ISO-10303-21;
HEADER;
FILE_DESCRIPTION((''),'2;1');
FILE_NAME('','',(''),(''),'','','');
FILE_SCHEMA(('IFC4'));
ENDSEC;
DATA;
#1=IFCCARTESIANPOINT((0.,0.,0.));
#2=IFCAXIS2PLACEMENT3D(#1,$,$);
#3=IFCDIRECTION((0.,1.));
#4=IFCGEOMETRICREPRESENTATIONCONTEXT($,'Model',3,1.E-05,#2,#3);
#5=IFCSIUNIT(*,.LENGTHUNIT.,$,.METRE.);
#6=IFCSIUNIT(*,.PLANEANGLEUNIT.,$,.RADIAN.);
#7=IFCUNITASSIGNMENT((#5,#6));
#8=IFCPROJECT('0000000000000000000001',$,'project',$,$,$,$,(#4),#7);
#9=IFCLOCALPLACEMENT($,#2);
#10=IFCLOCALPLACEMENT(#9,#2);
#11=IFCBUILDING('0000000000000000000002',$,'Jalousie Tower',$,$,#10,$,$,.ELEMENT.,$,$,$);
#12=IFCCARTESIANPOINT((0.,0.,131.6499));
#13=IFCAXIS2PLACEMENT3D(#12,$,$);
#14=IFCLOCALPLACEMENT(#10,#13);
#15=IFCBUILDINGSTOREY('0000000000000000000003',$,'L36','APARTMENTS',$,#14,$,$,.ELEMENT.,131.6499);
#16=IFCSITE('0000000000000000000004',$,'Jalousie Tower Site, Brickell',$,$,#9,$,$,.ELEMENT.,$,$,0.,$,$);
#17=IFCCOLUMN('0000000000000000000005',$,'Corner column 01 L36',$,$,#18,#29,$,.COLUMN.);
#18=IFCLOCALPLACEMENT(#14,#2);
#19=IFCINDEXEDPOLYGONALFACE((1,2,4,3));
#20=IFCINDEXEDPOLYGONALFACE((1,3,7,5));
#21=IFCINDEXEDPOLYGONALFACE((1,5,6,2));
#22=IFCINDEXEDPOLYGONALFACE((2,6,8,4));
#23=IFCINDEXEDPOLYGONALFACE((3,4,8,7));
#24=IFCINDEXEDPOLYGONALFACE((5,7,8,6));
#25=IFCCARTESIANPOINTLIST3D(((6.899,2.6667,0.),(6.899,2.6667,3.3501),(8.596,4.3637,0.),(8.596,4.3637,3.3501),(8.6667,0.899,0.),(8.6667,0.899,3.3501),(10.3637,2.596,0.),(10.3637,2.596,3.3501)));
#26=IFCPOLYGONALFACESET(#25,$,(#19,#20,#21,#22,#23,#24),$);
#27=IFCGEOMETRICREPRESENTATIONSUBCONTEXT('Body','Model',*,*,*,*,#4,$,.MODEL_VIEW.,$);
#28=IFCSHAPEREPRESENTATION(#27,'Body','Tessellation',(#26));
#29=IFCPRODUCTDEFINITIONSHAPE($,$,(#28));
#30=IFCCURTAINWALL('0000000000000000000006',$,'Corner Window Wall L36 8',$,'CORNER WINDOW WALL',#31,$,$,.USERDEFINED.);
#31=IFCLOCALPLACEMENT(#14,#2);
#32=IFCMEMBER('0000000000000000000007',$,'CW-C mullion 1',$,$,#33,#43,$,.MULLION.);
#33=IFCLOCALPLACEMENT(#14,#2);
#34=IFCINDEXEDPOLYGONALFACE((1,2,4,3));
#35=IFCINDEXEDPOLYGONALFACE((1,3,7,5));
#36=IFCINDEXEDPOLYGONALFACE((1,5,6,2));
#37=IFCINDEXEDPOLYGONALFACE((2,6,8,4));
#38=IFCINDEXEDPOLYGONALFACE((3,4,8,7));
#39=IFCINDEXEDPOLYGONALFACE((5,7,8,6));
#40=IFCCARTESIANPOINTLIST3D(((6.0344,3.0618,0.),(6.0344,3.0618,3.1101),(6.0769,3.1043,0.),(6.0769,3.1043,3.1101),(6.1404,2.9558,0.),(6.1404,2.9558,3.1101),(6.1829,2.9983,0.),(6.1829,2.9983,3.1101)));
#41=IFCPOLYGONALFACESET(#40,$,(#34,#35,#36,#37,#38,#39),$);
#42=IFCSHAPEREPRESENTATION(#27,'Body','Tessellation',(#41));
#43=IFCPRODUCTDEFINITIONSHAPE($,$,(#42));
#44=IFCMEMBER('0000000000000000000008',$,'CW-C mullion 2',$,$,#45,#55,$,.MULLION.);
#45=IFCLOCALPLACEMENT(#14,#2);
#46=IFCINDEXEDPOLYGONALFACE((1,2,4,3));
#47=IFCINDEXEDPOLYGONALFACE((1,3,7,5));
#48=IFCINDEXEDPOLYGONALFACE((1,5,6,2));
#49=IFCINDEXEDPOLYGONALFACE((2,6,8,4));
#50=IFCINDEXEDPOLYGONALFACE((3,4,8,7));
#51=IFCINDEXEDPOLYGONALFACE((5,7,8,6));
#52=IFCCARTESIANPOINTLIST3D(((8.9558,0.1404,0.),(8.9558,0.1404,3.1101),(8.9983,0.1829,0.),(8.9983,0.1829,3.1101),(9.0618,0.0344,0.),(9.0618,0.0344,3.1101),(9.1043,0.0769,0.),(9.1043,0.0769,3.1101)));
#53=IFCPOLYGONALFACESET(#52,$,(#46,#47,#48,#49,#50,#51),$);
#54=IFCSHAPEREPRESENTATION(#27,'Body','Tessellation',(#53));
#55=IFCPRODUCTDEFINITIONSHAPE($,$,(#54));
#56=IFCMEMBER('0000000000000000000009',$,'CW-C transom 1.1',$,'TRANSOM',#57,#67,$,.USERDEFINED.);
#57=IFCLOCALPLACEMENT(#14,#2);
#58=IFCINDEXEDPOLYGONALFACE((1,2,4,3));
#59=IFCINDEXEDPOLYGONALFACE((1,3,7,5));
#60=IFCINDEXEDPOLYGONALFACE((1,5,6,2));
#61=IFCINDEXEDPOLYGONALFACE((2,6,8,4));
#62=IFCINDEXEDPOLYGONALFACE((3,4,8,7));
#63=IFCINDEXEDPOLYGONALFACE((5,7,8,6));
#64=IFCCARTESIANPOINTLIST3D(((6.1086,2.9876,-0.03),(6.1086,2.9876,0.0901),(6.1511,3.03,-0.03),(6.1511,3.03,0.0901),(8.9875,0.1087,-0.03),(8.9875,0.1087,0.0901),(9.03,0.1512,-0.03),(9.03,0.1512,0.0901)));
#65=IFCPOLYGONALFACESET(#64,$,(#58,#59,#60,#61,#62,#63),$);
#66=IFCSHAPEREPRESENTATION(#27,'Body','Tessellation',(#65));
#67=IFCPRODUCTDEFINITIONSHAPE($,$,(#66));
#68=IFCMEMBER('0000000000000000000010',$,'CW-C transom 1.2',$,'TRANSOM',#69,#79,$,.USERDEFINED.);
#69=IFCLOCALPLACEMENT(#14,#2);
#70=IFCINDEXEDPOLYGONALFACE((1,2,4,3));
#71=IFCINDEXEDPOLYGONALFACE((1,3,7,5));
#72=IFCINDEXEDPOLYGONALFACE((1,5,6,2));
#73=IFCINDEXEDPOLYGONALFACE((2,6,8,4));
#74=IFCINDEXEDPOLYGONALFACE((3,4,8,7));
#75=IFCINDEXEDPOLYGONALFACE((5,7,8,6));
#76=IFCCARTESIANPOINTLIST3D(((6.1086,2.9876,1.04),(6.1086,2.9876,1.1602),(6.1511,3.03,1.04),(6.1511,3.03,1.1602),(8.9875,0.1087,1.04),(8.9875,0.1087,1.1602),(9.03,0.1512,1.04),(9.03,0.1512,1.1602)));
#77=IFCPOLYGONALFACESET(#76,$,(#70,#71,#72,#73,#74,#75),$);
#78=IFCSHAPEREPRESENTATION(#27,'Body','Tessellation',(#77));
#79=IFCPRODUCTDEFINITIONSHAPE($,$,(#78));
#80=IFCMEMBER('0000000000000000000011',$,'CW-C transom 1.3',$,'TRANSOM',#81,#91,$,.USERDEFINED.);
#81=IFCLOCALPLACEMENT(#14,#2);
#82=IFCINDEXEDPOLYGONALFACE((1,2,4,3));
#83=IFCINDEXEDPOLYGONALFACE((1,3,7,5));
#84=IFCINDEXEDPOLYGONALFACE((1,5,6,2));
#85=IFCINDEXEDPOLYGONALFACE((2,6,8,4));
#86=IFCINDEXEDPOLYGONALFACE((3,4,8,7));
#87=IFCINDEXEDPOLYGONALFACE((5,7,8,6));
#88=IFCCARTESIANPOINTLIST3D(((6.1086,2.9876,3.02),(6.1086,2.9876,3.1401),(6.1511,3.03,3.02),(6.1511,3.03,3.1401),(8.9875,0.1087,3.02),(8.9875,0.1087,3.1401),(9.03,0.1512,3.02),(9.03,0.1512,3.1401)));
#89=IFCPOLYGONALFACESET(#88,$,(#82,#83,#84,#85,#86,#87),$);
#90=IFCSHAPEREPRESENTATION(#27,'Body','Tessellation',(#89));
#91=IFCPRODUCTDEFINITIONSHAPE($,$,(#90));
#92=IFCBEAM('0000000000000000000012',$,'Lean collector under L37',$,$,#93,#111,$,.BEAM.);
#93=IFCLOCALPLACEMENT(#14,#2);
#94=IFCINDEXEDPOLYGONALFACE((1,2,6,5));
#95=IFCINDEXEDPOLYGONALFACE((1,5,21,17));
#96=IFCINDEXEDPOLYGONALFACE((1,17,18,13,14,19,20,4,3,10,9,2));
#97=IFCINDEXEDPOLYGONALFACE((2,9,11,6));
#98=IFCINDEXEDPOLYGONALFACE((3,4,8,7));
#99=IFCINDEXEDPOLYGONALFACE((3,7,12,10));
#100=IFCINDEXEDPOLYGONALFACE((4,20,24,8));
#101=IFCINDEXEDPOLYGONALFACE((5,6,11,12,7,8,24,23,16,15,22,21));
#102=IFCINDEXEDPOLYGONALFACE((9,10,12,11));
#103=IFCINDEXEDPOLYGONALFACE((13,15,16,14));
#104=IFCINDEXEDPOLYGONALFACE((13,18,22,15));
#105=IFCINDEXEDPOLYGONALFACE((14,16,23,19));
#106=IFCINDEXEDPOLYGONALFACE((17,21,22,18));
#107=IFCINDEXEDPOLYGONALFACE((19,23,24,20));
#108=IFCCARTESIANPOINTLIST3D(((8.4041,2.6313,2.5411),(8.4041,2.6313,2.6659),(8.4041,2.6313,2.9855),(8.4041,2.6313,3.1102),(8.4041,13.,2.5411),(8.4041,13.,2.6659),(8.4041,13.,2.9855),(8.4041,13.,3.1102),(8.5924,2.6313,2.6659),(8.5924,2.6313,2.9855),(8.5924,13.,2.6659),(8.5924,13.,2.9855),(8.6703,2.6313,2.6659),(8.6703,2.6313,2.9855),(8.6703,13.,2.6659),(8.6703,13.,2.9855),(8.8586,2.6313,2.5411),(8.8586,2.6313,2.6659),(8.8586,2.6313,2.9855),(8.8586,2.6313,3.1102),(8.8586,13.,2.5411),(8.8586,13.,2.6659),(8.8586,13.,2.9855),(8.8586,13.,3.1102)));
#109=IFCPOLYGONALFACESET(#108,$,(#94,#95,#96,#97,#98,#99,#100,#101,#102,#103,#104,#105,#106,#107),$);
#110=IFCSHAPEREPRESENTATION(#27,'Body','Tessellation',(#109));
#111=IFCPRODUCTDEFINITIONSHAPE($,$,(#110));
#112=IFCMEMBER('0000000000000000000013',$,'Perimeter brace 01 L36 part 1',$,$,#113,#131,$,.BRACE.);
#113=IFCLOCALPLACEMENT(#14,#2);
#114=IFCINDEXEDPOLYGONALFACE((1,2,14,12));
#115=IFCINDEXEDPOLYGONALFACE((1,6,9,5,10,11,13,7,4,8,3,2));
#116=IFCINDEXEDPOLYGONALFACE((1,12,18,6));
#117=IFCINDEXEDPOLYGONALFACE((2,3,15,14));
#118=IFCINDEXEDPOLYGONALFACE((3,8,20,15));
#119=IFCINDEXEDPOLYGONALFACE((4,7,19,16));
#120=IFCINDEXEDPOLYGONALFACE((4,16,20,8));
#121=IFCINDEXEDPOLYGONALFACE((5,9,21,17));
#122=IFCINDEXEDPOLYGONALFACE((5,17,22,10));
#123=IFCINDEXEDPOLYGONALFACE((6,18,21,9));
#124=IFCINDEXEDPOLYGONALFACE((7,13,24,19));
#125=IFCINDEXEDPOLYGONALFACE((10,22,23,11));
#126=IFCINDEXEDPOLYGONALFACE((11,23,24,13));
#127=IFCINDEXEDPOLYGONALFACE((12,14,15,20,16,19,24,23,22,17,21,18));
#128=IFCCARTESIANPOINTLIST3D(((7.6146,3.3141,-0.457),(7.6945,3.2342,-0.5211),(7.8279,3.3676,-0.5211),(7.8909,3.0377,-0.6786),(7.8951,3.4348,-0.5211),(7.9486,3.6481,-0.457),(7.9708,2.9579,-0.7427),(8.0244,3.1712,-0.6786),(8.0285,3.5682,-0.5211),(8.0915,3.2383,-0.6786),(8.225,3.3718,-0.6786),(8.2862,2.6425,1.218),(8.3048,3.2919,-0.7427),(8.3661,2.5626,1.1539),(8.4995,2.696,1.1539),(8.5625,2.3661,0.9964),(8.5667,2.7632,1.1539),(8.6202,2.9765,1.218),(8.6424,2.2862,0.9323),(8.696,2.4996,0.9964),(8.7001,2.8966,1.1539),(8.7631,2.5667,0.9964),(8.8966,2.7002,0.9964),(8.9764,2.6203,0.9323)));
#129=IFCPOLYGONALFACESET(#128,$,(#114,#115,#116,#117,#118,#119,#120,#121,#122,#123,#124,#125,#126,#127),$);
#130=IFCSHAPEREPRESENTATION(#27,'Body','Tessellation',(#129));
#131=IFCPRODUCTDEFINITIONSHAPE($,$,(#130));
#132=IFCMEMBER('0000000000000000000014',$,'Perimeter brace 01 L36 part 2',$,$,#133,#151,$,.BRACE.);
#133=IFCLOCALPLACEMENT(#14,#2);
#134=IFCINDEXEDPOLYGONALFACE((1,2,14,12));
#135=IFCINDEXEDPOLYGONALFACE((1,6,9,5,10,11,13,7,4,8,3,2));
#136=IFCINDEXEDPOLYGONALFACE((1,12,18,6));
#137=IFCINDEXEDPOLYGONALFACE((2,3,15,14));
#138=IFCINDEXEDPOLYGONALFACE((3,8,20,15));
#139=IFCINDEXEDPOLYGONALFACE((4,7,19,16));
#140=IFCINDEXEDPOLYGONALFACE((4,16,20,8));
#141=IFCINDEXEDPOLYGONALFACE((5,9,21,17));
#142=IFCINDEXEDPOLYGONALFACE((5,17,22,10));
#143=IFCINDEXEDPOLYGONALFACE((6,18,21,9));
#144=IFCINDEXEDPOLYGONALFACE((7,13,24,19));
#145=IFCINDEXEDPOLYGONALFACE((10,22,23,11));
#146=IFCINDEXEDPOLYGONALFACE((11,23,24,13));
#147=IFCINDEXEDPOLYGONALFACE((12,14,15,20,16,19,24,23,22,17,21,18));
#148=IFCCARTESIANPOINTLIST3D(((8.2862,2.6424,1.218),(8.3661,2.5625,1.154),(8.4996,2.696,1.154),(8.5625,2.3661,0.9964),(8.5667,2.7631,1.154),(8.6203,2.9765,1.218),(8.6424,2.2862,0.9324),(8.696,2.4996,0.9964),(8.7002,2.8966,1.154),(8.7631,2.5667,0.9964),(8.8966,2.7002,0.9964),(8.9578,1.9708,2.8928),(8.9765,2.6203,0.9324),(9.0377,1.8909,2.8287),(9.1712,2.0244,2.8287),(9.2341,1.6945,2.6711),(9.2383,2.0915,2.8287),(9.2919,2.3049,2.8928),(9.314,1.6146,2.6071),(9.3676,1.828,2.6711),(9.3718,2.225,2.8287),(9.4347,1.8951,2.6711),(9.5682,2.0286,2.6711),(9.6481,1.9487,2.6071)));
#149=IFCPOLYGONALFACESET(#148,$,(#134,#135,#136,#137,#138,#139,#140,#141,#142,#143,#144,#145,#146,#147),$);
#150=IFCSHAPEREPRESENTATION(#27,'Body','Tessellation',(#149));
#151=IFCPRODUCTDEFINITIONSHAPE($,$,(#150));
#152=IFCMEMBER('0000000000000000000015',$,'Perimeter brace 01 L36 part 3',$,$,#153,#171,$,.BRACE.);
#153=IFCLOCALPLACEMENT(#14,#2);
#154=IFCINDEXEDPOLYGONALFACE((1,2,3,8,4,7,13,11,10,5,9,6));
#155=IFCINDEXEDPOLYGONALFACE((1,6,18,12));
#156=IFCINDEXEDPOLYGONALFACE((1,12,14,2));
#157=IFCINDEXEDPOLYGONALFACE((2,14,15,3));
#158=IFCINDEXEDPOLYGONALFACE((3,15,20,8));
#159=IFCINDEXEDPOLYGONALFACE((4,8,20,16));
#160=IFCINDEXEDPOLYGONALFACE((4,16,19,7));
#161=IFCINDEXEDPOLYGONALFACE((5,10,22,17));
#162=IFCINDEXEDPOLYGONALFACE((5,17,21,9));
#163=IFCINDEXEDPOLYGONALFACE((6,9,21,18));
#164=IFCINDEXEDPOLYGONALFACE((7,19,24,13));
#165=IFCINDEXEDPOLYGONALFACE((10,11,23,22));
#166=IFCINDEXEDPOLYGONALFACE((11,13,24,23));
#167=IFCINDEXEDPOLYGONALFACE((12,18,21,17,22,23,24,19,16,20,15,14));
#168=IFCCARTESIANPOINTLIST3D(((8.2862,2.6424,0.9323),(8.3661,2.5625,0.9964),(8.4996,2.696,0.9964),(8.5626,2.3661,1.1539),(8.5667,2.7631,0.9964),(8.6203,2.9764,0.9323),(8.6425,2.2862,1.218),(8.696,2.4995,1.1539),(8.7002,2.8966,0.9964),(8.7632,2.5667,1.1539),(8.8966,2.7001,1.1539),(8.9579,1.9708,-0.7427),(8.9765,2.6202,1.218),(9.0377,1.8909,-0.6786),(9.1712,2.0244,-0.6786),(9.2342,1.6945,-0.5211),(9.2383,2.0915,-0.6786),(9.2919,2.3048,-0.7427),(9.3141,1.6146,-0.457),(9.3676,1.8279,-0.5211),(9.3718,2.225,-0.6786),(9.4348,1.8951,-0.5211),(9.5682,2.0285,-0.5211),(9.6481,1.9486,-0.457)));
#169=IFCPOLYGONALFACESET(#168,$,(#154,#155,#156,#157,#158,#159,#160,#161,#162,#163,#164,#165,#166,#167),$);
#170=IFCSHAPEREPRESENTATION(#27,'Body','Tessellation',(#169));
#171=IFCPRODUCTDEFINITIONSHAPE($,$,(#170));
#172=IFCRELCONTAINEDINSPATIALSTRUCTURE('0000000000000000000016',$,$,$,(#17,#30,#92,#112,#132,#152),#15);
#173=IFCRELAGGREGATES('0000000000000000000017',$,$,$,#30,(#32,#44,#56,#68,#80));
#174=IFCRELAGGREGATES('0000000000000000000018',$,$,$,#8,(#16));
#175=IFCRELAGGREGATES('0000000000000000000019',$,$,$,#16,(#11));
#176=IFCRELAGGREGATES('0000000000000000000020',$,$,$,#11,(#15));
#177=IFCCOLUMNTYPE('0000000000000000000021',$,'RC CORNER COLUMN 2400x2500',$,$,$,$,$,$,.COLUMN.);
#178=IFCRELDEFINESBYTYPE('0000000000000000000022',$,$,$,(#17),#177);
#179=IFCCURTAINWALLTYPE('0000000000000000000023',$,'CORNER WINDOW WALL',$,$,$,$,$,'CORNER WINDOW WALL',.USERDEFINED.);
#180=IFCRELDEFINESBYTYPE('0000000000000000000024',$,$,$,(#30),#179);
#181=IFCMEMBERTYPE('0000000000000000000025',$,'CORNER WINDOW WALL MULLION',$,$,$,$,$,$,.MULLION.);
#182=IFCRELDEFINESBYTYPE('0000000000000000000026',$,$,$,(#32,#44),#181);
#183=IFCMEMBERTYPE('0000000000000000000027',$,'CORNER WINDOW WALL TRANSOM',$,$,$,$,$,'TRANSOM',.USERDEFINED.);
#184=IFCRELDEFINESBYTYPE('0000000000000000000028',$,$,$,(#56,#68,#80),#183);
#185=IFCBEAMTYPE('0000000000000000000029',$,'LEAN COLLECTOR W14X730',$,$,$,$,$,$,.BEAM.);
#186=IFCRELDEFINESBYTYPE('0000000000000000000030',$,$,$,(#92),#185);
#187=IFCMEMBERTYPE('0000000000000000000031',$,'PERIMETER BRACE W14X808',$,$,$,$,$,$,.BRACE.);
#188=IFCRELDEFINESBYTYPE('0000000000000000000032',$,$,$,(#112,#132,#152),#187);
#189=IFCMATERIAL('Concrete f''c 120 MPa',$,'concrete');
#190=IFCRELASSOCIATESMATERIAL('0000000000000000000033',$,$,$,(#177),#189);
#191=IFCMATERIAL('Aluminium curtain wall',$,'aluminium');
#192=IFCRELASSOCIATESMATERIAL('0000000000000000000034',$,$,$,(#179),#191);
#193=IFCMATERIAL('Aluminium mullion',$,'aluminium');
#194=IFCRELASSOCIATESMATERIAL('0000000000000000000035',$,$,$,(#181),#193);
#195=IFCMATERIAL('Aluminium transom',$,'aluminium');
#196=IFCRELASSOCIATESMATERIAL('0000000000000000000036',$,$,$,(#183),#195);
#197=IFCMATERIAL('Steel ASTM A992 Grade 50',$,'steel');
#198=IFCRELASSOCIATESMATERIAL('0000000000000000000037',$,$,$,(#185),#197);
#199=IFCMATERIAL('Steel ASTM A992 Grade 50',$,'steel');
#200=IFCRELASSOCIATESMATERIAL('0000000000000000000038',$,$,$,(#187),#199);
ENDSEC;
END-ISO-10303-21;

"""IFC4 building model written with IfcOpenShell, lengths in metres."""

from ifc_helpers import new_model, si_unit, direction, frame, origin, origin_2d, place, context, subcontext, project, spatial, rectangle, i_section, extrude, material, material_profile, profile_set, type_object, element, aggregate, save


model = new_model("IFC4")

# Units and contexts
model_context = context("Model", 3, precision=1e-05, world=origin(), true_north=direction((0.0, 1.0)))
body_context = subcontext(model_context, "Body", "Model", "MODEL_VIEW")
ifc_project = project(units=[si_unit("LENGTHUNIT", "METRE"), si_unit("PLANEANGLEUNIT", "RADIAN")], contexts=[model_context])

# Site, building, storey
site_placement = place(None, origin())
site = spatial("IfcSite", under=ifc_project, at=site_placement, Name="Jalousie Tower Site, Brickell", CompositionType="ELEMENT", RefElevation=0.0)
building_placement = place(site_placement, origin())
building = spatial("IfcBuilding", under=site, at=building_placement, Name="Jalousie Tower", CompositionType="ELEMENT")
storey_placement = place(building_placement, frame((0.0, 0.0, 131.6499)))
storey = spatial("IfcBuildingStorey", under=building, at=storey_placement, Name="L36", Description="APARTMENTS", CompositionType="ELEMENT", Elevation=131.6499)

# Column
ifc_material_1 = material(Name="Concrete f'c 120 MPa", Category="concrete")
ifc_material_profile_1 = material_profile(ifc_material_1, rectangle(XDim=2.3999, YDim=2.5, at=origin_2d()), Name="RC 2400x2500")
ifc_profile_set_1 = profile_set([ifc_material_profile_1], Name="Concrete f'c 120 MPa")
column_type = type_object("IfcColumnType", Name="RC CORNER COLUMN 2400x2500", PredefinedType="COLUMN", material=ifc_profile_set_1)
column_placement = place(storey_placement, frame((8.6313, 2.6313, 0.0), z_axis=(0.0, 0.0, 1.0), x_axis=(0.707107, 0.707107, 0.0)))
element("IfcColumn", 1, at=column_placement, inside=storey, type_object=column_type, Name="Corner column 01 L36", PredefinedType="COLUMN", context=body_context, shape_type="SweptSolid", body=[
    extrude(rectangle(XDim=2.3999, YDim=2.5, at=origin_2d()), origin(), (0.0, 0.0, 1.0), 3.3501),
])

# Curtain wall, members
ifc_material_2 = material(Name="Aluminium curtain wall", Category="aluminium")
curtain_wall_type_1 = type_object("IfcCurtainWallType", Name="CORNER WINDOW WALL", ElementType="CORNER WINDOW WALL", PredefinedType="USERDEFINED", material=ifc_material_2)
curtain_wall_1_placement = place(storey_placement, origin())
curtain_wall_1 = element("IfcCurtainWall", 2, at=curtain_wall_1_placement, inside=storey, type_object=curtain_wall_type_1, Name="Corner Window Wall L36 8", ObjectType="CORNER WINDOW WALL", PredefinedType="USERDEFINED")
ifc_material_3 = material(Name="Aluminium mullion", Category="aluminium")
ifc_material_profile_2 = material_profile(ifc_material_3, rectangle(XDim=0.0601, YDim=0.1499, at=origin_2d()), Name="MULLION 60x150")
ifc_profile_set_2 = profile_set([ifc_material_profile_2], Name="Aluminium mullion")
member_type_1 = type_object("IfcMemberType", Name="CORNER WINDOW WALL MULLION", PredefinedType="MULLION", material=ifc_profile_set_2)
member_1_placement = place(storey_placement, frame((6.1086, 3.03, 0.0), z_axis=(0.0, 0.0, 1.0), x_axis=(0.707107, 0.707107, 0.0)))
member_1 = element("IfcMember", 3, at=member_1_placement, type_object=member_type_1, Name="CW-C mullion 1", PredefinedType="MULLION", context=body_context, shape_type="SweptSolid", body=[
    extrude(rectangle(XDim=0.0601, YDim=0.1499, at=origin_2d()), origin(), (0.0, 0.0, 1.0), 3.1101),
])
member_2_placement = place(storey_placement, frame((9.03, 0.1086, 0.0), z_axis=(0.0, 0.0, 1.0), x_axis=(0.707107, 0.707107, 0.0)))
member_2 = element("IfcMember", 4, at=member_2_placement, type_object=member_type_1, Name="CW-C mullion 2", PredefinedType="MULLION", context=body_context, shape_type="SweptSolid", body=[
    extrude(rectangle(XDim=0.0601, YDim=0.1499, at=origin_2d()), origin(), (0.0, 0.0, 1.0), 3.1101),
])
ifc_material_4 = material(Name="Aluminium transom", Category="aluminium")
ifc_material_profile_3 = material_profile(ifc_material_4, rectangle(XDim=0.0601, YDim=0.1201, at=origin_2d()), Name="TRANSOM 60x120")
ifc_profile_set_3 = profile_set([ifc_material_profile_3], Name="Aluminium transom")
member_type_2 = type_object("IfcMemberType", Name="CORNER WINDOW WALL TRANSOM", ElementType="TRANSOM", PredefinedType="USERDEFINED", material=ifc_profile_set_3)
member_3_placement = place(storey_placement, frame((6.1299, 3.0088, 0.03), z_axis=(0.707107, -0.707107, 0.0), x_axis=(0.707107, 0.707107, 0.0)))
member_3 = element("IfcMember", 5, at=member_3_placement, type_object=member_type_2, Name="CW-C transom 1.1", ObjectType="TRANSOM", PredefinedType="USERDEFINED", context=body_context, shape_type="SweptSolid", body=[
    extrude(rectangle(XDim=0.0601, YDim=0.1201, at=origin_2d()), origin(), (0.0, 0.0, 1.0), 4.0713),
])
member_4_placement = place(storey_placement, frame((6.1299, 3.0088, 1.1001), z_axis=(0.707107, -0.707107, 0.0), x_axis=(0.707107, 0.707107, 0.0)))
member_4 = element("IfcMember", 6, at=member_4_placement, type_object=member_type_2, Name="CW-C transom 1.2", ObjectType="TRANSOM", PredefinedType="USERDEFINED", context=body_context, shape_type="SweptSolid", body=[
    extrude(rectangle(XDim=0.0601, YDim=0.1201, at=origin_2d()), origin(), (0.0, 0.0, 1.0), 4.0713),
])
member_5_placement = place(storey_placement, frame((6.1299, 3.0088, 3.0801), z_axis=(0.707107, -0.707107, 0.0), x_axis=(0.707107, 0.707107, 0.0)))
member_5 = element("IfcMember", 7, at=member_5_placement, type_object=member_type_2, Name="CW-C transom 1.3", ObjectType="TRANSOM", PredefinedType="USERDEFINED", context=body_context, shape_type="SweptSolid", body=[
    extrude(rectangle(XDim=0.0601, YDim=0.1201, at=origin_2d()), origin(), (0.0, 0.0, 1.0), 4.0713),
])

# Beam
ifc_material_5 = material(Name="Steel ASTM A992 Grade 50", Category="steel")
ifc_material_profile_4 = material_profile(ifc_material_5, i_section(OverallWidth=0.4546, OverallDepth=0.5691, WebThickness=0.0779, FlangeThickness=0.1248, at=origin_2d()), Name="W14X730")
ifc_profile_set_4 = profile_set([ifc_material_profile_4], Name="Steel ASTM A992 Grade 50")
beam_type_1 = type_object("IfcBeamType", Name="LEAN COLLECTOR W14X730", PredefinedType="BEAM", material=ifc_profile_set_4)
beam_1_placement = place(storey_placement, frame((8.6313, 2.6313, 2.8257), z_axis=(0.0, 1.0, 0.0), x_axis=(-1.0, 0.0, 0.0)))
element("IfcBeam", 8, at=beam_1_placement, inside=storey, type_object=beam_type_1, Name="Lean collector under L37", PredefinedType="BEAM", context=body_context, shape_type="SweptSolid", body=[
    extrude(i_section(OverallWidth=0.4546, OverallDepth=0.5691, WebThickness=0.0779, FlangeThickness=0.1248, at=origin_2d()), origin(), (0.0, 0.0, 1.0), 10.3687),
])

# Members
ifc_material_6 = material(Name="Steel ASTM A992 Grade 50", Category="steel")
ifc_material_profile_5 = material_profile(ifc_material_6, i_section(OverallWidth=0.4724, OverallDepth=0.5791, WebThickness=0.095, FlangeThickness=0.1299, at=origin_2d()), Name="W14X808")
ifc_profile_set_5 = profile_set([ifc_material_profile_5], Name="Steel ASTM A992 Grade 50")
member_type_3 = type_object("IfcMemberType", Name="PERIMETER BRACE W14X808", PredefinedType="BRACE", material=ifc_profile_set_5)
member_6_placement = place(storey_placement, frame((7.9597, 3.303, -0.5999), z_axis=(0.348789, -0.348789, 0.869881), x_axis=(0.707107, 0.707107, 0.0)))
element("IfcMember", 9, at=member_6_placement, inside=storey, type_object=member_type_3, Name="Perimeter brace 01 L36 part 1", PredefinedType="BRACE", context=body_context, shape_type="SweptSolid", body=[
    extrude(i_section(OverallWidth=0.4724, OverallDepth=0.5791, WebThickness=0.095, FlangeThickness=0.1299, at=origin_2d()), origin(), (0.0, 0.0, 1.0), 1.9255),
])
member_7_placement = place(storey_placement, frame((8.6313, 2.6313, 1.0752), z_axis=(0.348828, -0.348828, 0.86985), x_axis=(0.707107, 0.707107, 0.0)))
element("IfcMember", 10, at=member_7_placement, inside=storey, type_object=member_type_3, Name="Perimeter brace 01 L36 part 2", PredefinedType="BRACE", context=body_context, shape_type="SweptSolid", body=[
    extrude(i_section(OverallWidth=0.4724, OverallDepth=0.5791, WebThickness=0.095, FlangeThickness=0.1299, at=origin_2d()), origin(), (0.0, 0.0, 1.0), 1.9253),
])
member_8_placement = place(storey_placement, frame((9.303, 1.9597, -0.5999), z_axis=(-0.348789, 0.348789, 0.869881), x_axis=(-0.707107, -0.707107, 0.0)))
element("IfcMember", 11, at=member_8_placement, inside=storey, type_object=member_type_3, Name="Perimeter brace 01 L36 part 3", PredefinedType="BRACE", context=body_context, shape_type="SweptSolid", body=[
    extrude(i_section(OverallWidth=0.4724, OverallDepth=0.5791, WebThickness=0.095, FlangeThickness=0.1299, at=origin_2d()), origin(), (0.0, 0.0, 1.0), 1.9255),
])

aggregate(curtain_wall_1, [member_1, member_2, member_3, member_4, member_5])

save(model, "model.ifc")
